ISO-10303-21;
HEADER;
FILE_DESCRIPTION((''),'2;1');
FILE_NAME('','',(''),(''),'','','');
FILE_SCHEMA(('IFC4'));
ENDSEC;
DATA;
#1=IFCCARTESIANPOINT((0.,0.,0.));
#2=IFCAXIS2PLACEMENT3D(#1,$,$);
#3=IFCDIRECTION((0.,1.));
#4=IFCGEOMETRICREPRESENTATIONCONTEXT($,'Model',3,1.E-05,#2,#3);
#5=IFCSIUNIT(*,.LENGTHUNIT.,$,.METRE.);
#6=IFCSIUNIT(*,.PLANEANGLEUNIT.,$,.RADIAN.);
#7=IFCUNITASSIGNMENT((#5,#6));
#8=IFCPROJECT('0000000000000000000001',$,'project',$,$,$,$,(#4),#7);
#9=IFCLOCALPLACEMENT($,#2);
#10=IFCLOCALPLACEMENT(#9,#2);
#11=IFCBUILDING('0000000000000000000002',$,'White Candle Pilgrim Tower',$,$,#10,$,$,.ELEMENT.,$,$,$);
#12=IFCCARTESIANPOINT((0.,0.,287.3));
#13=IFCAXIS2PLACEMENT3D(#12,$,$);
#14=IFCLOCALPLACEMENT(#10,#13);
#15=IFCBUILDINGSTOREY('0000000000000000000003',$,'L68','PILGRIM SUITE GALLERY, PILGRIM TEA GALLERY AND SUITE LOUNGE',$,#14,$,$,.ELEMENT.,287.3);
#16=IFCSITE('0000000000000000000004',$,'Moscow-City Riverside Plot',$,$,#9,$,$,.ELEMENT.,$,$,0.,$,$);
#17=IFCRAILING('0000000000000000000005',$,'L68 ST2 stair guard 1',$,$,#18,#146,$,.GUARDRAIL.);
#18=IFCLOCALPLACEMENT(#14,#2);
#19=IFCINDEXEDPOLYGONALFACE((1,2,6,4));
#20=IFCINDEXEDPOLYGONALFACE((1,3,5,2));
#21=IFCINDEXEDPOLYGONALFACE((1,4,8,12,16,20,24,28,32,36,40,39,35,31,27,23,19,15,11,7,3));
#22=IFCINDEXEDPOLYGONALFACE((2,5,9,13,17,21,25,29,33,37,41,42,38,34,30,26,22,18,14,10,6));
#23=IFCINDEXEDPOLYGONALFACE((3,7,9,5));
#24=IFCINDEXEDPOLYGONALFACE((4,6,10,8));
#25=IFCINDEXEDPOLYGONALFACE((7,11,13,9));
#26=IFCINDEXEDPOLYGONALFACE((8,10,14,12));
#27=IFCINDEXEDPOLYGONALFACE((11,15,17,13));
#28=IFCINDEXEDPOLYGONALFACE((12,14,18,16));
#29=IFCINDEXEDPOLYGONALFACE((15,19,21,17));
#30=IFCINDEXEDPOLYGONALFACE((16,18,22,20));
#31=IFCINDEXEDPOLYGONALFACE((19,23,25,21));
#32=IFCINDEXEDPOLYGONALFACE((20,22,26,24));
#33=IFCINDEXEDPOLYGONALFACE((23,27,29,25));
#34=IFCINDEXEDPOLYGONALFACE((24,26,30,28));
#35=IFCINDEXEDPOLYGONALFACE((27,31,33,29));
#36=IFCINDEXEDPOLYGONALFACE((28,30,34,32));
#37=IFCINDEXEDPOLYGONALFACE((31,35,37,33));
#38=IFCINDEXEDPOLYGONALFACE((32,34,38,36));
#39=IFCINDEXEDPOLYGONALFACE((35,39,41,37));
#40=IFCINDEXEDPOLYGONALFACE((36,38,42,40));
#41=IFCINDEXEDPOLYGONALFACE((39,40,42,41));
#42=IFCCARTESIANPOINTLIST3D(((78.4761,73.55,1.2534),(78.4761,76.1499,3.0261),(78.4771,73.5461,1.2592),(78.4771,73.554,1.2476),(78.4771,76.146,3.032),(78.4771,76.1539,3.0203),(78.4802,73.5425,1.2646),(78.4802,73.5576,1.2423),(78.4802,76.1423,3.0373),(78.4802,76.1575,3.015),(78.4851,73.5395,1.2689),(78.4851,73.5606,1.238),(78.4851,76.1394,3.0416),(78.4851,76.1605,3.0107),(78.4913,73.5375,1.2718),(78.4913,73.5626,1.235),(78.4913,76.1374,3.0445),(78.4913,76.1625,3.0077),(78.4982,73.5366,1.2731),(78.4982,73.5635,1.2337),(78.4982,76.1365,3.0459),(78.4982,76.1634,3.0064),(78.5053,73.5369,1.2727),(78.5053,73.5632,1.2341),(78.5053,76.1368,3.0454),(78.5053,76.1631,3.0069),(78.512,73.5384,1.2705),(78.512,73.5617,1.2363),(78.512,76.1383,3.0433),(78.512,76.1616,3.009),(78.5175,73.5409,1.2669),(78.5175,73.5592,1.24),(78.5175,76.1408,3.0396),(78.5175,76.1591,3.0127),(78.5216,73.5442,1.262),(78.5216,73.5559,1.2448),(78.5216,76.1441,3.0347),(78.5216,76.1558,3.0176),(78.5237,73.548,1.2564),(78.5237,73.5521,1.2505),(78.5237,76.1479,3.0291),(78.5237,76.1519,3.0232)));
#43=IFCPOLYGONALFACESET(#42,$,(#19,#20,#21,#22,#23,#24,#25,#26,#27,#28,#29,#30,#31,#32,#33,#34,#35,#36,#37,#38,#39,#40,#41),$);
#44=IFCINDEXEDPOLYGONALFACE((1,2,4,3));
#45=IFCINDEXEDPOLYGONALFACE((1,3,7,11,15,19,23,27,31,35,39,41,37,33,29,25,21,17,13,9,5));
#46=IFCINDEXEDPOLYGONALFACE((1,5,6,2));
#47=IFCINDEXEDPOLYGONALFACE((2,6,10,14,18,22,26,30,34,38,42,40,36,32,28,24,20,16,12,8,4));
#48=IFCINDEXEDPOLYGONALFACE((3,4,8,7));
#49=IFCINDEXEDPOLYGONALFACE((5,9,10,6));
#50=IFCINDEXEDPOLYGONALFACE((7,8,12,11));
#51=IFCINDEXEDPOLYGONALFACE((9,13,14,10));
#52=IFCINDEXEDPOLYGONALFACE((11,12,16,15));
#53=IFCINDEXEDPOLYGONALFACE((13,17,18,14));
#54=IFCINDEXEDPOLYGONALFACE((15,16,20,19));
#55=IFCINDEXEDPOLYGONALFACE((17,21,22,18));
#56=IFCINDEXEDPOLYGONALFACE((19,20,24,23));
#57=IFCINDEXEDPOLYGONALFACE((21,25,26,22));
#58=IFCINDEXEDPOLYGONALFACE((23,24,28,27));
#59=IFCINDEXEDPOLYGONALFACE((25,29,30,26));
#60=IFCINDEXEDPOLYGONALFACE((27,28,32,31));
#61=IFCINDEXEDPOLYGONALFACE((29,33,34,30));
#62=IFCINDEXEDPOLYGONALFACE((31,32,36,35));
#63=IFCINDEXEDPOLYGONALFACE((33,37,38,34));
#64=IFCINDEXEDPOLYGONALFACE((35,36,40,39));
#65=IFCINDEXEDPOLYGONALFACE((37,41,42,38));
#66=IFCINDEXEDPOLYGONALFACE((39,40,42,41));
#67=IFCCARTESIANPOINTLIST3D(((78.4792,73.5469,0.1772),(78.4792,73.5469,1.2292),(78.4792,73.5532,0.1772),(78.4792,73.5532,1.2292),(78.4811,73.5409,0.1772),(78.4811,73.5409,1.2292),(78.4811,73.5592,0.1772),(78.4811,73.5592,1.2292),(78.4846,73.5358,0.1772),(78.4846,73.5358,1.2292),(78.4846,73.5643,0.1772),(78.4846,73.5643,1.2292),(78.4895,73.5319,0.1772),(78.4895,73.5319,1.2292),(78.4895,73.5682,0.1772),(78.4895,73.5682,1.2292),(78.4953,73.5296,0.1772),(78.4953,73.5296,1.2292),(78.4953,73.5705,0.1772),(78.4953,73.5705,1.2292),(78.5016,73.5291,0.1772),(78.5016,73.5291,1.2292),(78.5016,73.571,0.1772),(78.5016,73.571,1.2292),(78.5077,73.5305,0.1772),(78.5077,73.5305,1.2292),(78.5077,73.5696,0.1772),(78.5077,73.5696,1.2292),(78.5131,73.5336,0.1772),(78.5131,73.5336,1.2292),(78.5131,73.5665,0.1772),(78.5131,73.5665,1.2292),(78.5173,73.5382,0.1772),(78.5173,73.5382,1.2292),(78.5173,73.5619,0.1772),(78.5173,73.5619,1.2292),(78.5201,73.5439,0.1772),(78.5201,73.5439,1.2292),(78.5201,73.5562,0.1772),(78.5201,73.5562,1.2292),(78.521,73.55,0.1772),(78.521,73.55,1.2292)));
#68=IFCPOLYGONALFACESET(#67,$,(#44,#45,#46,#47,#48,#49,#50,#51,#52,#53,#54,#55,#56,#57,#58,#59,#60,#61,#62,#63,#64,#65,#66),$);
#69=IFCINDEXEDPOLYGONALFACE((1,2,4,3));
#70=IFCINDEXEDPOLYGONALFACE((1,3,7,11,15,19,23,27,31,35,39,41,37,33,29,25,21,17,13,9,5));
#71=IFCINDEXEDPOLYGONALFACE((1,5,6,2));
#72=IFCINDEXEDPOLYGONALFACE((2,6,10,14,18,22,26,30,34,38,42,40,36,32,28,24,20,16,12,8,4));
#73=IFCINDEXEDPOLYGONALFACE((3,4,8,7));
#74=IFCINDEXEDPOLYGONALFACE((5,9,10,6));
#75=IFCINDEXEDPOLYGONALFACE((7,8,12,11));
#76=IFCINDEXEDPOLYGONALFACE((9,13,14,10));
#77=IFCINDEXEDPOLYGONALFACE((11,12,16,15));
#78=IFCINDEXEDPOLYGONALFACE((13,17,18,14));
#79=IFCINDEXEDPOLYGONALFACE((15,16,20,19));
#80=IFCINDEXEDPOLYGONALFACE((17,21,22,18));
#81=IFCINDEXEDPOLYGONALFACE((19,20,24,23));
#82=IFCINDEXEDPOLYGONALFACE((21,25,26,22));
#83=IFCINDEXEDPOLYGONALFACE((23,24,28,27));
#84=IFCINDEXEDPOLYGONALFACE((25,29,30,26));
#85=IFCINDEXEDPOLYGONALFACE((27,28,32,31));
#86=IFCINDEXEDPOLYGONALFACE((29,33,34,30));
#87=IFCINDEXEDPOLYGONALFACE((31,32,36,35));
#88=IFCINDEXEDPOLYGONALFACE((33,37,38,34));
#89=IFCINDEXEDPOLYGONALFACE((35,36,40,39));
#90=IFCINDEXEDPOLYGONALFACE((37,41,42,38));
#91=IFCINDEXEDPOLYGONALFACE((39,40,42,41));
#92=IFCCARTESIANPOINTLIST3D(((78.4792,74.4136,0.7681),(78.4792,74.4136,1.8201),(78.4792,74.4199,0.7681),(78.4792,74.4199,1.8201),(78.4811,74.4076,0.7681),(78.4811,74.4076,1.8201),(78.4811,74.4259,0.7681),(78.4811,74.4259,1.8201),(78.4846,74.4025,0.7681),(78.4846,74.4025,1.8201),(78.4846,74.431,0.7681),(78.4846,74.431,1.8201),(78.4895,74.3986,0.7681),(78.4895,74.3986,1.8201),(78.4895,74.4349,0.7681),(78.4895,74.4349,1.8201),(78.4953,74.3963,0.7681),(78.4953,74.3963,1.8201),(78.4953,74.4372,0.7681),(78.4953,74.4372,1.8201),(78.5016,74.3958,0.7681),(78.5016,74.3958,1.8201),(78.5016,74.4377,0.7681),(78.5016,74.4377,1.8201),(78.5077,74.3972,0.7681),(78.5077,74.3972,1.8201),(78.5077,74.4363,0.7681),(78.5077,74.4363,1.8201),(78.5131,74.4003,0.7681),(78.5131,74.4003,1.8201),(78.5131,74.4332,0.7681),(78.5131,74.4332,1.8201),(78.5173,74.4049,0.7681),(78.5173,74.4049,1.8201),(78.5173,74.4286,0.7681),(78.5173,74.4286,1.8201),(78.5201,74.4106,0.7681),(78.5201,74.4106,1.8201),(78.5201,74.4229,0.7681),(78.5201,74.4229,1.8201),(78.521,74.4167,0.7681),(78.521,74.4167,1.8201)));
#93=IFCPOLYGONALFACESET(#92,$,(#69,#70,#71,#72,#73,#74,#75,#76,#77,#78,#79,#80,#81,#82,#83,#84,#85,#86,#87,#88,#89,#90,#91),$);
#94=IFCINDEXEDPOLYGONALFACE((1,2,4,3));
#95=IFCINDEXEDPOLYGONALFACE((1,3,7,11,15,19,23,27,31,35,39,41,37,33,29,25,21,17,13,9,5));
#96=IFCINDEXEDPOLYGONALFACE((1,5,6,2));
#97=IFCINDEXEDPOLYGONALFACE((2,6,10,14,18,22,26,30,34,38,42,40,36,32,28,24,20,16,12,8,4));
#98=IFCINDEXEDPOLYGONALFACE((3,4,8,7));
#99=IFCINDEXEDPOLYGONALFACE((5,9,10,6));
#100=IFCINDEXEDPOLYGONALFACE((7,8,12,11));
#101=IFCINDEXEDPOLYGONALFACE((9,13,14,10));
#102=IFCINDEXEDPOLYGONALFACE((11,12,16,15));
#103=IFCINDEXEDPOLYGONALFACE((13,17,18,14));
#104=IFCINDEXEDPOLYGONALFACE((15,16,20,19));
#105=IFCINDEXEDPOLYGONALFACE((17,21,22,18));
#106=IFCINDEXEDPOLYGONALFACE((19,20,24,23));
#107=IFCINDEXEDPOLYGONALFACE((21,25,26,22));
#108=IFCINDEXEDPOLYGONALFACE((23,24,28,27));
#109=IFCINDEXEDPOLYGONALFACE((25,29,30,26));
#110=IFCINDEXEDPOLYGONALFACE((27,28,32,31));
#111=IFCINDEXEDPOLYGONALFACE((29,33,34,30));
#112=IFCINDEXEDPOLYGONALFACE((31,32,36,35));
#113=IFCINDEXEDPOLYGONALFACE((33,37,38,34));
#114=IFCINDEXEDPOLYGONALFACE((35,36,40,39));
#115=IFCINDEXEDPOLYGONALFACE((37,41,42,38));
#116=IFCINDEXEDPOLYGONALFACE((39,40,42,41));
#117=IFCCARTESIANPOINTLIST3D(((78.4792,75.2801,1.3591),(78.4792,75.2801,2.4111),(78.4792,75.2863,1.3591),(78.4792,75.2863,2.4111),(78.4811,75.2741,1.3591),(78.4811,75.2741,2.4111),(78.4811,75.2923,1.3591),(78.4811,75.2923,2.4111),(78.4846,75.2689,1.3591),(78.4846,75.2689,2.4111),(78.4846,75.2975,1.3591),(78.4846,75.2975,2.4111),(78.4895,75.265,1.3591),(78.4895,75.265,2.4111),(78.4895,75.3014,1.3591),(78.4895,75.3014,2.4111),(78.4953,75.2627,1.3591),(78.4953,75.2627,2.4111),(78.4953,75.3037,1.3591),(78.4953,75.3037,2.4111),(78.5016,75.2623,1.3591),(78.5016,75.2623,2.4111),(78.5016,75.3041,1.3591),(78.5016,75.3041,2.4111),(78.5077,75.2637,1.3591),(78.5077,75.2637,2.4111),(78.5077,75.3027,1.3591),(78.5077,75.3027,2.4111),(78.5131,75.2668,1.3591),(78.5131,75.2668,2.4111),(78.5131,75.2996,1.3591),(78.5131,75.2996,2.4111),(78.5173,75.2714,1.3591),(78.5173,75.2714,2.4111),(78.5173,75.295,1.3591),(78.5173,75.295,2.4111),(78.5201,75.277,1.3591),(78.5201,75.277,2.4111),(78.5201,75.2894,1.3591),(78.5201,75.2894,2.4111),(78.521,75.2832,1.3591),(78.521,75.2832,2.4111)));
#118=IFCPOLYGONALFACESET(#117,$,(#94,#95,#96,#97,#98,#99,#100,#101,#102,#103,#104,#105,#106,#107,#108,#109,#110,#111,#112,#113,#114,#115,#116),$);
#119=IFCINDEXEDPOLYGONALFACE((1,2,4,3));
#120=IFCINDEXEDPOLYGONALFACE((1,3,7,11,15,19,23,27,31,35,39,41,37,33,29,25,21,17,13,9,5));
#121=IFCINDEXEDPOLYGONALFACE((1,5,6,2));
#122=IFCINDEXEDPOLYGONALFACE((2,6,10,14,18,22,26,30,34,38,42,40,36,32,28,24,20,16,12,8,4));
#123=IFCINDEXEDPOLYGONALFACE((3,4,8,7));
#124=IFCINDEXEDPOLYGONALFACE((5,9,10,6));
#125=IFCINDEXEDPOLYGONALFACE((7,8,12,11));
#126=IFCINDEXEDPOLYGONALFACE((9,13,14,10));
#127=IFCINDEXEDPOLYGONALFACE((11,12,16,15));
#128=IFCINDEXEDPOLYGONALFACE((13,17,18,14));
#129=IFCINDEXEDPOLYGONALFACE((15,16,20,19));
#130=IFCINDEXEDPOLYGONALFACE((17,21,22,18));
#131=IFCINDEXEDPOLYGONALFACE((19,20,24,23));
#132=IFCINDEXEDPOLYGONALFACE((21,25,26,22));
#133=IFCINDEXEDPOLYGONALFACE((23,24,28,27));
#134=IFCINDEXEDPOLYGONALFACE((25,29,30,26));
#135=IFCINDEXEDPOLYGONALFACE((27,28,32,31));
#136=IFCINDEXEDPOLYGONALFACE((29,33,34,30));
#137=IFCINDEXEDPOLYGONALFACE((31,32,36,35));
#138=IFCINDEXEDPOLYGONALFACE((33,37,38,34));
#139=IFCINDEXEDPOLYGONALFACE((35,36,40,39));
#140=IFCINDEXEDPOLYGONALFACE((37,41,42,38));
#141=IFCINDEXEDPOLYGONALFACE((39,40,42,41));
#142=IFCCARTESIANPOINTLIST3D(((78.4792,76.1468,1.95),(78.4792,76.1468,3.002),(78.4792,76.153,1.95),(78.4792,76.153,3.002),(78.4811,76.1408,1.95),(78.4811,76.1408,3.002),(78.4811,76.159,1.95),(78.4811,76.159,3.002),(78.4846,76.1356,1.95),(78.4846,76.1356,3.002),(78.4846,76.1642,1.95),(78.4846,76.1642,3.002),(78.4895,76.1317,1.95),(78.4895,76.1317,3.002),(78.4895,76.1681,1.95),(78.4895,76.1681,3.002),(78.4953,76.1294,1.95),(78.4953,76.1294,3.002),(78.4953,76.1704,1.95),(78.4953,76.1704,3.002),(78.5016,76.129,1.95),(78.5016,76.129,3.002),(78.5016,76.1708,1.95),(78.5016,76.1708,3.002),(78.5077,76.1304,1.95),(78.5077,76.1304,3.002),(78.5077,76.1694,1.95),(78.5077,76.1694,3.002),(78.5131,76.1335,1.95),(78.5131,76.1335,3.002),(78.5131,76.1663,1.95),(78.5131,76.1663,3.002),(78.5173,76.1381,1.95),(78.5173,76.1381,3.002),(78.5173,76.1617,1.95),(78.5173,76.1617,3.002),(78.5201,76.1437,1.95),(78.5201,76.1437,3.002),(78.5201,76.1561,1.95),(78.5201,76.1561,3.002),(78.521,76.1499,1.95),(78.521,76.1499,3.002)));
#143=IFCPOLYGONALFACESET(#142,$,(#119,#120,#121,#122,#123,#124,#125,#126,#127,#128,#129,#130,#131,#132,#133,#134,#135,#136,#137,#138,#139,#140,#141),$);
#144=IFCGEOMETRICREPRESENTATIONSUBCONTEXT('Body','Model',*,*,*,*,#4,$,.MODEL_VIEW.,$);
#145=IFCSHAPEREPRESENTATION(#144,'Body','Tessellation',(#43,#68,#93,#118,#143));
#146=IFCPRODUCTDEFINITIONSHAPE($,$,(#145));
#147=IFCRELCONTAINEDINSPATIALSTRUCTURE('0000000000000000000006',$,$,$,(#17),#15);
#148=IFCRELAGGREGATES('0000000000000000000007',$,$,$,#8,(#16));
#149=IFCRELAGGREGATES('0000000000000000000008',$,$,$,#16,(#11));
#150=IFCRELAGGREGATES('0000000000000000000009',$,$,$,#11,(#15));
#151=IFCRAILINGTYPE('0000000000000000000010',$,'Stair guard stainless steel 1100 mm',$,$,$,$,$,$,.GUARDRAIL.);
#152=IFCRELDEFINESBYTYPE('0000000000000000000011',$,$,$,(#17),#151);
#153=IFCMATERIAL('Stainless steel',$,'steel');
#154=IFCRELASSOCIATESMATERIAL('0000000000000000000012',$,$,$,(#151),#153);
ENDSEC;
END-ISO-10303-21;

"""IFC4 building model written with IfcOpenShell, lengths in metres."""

from ifc_helpers import new_model, si_unit, direction, frame, origin, origin_2d, place, context, subcontext, project, spatial, circle, extrude, material, type_object, element, save


model = new_model("IFC4")

# Units and contexts
model_context = context("Model", 3, precision=1e-05, world=origin(), true_north=direction((0.0, 1.0)))
body_context = subcontext(model_context, "Body", "Model", "MODEL_VIEW")
ifc_project = project(units=[si_unit("LENGTHUNIT", "METRE"), si_unit("PLANEANGLEUNIT", "RADIAN")], contexts=[model_context])

# Site, building, storey
site_placement = place(None, origin())
site = spatial("IfcSite", under=ifc_project, at=site_placement, Name="Moscow-City Riverside Plot", CompositionType="ELEMENT", RefElevation=0.0)
building_placement = place(site_placement, origin())
building = spatial("IfcBuilding", under=site, at=building_placement, Name="White Candle Pilgrim Tower", CompositionType="ELEMENT")
storey_placement = place(building_placement, frame((0.0, 0.0, 287.3)))
storey = spatial("IfcBuildingStorey", under=building, at=storey_placement, Name="L68", Description="PILGRIM SUITE GALLERY, PILGRIM TEA GALLERY AND SUITE LOUNGE", CompositionType="ELEMENT", Elevation=287.3)

# Railing
ifc_material_1 = material(Name="Stainless steel", Category="steel")
railing_type_1 = type_object("IfcRailingType", Name="Stair guard stainless steel 1100 mm", PredefinedType="GUARDRAIL", material=ifc_material_1)
railing_1_placement = place(storey_placement, frame((78.5, 73.55, 0.1772)))
element("IfcRailing", 1, at=railing_1_placement, inside=storey, type_object=railing_type_1, Name="L68 ST2 stair guard 1", PredefinedType="GUARDRAIL", context=body_context, shape_type="SweptSolid", body=[
    extrude(circle(Radius=0.0239, at=origin_2d()), frame((0.0, 0.0, 1.0762), z_axis=(0.0, 0.826216, 0.563354), x_axis=(-1.0, 0.0, 0.0)), (0.0, 0.0, 1.0), 3.1467),
    extrude(circle(Radius=0.021, at=origin_2d()), origin(), (0.0, 0.0, 1.0), 1.052),
    extrude(circle(Radius=0.021, at=origin_2d()), frame((0.0, 0.8667, 0.5908)), (0.0, 0.0, 1.0), 1.052),
    extrude(circle(Radius=0.021, at=origin_2d()), frame((0.0, 1.7332, 1.1819)), (0.0, 0.0, 1.0), 1.052),
    extrude(circle(Radius=0.021, at=origin_2d()), frame((0.0, 2.5999, 1.7727)), (0.0, 0.0, 1.0), 1.052),
])

save(model, "model.ifc")
